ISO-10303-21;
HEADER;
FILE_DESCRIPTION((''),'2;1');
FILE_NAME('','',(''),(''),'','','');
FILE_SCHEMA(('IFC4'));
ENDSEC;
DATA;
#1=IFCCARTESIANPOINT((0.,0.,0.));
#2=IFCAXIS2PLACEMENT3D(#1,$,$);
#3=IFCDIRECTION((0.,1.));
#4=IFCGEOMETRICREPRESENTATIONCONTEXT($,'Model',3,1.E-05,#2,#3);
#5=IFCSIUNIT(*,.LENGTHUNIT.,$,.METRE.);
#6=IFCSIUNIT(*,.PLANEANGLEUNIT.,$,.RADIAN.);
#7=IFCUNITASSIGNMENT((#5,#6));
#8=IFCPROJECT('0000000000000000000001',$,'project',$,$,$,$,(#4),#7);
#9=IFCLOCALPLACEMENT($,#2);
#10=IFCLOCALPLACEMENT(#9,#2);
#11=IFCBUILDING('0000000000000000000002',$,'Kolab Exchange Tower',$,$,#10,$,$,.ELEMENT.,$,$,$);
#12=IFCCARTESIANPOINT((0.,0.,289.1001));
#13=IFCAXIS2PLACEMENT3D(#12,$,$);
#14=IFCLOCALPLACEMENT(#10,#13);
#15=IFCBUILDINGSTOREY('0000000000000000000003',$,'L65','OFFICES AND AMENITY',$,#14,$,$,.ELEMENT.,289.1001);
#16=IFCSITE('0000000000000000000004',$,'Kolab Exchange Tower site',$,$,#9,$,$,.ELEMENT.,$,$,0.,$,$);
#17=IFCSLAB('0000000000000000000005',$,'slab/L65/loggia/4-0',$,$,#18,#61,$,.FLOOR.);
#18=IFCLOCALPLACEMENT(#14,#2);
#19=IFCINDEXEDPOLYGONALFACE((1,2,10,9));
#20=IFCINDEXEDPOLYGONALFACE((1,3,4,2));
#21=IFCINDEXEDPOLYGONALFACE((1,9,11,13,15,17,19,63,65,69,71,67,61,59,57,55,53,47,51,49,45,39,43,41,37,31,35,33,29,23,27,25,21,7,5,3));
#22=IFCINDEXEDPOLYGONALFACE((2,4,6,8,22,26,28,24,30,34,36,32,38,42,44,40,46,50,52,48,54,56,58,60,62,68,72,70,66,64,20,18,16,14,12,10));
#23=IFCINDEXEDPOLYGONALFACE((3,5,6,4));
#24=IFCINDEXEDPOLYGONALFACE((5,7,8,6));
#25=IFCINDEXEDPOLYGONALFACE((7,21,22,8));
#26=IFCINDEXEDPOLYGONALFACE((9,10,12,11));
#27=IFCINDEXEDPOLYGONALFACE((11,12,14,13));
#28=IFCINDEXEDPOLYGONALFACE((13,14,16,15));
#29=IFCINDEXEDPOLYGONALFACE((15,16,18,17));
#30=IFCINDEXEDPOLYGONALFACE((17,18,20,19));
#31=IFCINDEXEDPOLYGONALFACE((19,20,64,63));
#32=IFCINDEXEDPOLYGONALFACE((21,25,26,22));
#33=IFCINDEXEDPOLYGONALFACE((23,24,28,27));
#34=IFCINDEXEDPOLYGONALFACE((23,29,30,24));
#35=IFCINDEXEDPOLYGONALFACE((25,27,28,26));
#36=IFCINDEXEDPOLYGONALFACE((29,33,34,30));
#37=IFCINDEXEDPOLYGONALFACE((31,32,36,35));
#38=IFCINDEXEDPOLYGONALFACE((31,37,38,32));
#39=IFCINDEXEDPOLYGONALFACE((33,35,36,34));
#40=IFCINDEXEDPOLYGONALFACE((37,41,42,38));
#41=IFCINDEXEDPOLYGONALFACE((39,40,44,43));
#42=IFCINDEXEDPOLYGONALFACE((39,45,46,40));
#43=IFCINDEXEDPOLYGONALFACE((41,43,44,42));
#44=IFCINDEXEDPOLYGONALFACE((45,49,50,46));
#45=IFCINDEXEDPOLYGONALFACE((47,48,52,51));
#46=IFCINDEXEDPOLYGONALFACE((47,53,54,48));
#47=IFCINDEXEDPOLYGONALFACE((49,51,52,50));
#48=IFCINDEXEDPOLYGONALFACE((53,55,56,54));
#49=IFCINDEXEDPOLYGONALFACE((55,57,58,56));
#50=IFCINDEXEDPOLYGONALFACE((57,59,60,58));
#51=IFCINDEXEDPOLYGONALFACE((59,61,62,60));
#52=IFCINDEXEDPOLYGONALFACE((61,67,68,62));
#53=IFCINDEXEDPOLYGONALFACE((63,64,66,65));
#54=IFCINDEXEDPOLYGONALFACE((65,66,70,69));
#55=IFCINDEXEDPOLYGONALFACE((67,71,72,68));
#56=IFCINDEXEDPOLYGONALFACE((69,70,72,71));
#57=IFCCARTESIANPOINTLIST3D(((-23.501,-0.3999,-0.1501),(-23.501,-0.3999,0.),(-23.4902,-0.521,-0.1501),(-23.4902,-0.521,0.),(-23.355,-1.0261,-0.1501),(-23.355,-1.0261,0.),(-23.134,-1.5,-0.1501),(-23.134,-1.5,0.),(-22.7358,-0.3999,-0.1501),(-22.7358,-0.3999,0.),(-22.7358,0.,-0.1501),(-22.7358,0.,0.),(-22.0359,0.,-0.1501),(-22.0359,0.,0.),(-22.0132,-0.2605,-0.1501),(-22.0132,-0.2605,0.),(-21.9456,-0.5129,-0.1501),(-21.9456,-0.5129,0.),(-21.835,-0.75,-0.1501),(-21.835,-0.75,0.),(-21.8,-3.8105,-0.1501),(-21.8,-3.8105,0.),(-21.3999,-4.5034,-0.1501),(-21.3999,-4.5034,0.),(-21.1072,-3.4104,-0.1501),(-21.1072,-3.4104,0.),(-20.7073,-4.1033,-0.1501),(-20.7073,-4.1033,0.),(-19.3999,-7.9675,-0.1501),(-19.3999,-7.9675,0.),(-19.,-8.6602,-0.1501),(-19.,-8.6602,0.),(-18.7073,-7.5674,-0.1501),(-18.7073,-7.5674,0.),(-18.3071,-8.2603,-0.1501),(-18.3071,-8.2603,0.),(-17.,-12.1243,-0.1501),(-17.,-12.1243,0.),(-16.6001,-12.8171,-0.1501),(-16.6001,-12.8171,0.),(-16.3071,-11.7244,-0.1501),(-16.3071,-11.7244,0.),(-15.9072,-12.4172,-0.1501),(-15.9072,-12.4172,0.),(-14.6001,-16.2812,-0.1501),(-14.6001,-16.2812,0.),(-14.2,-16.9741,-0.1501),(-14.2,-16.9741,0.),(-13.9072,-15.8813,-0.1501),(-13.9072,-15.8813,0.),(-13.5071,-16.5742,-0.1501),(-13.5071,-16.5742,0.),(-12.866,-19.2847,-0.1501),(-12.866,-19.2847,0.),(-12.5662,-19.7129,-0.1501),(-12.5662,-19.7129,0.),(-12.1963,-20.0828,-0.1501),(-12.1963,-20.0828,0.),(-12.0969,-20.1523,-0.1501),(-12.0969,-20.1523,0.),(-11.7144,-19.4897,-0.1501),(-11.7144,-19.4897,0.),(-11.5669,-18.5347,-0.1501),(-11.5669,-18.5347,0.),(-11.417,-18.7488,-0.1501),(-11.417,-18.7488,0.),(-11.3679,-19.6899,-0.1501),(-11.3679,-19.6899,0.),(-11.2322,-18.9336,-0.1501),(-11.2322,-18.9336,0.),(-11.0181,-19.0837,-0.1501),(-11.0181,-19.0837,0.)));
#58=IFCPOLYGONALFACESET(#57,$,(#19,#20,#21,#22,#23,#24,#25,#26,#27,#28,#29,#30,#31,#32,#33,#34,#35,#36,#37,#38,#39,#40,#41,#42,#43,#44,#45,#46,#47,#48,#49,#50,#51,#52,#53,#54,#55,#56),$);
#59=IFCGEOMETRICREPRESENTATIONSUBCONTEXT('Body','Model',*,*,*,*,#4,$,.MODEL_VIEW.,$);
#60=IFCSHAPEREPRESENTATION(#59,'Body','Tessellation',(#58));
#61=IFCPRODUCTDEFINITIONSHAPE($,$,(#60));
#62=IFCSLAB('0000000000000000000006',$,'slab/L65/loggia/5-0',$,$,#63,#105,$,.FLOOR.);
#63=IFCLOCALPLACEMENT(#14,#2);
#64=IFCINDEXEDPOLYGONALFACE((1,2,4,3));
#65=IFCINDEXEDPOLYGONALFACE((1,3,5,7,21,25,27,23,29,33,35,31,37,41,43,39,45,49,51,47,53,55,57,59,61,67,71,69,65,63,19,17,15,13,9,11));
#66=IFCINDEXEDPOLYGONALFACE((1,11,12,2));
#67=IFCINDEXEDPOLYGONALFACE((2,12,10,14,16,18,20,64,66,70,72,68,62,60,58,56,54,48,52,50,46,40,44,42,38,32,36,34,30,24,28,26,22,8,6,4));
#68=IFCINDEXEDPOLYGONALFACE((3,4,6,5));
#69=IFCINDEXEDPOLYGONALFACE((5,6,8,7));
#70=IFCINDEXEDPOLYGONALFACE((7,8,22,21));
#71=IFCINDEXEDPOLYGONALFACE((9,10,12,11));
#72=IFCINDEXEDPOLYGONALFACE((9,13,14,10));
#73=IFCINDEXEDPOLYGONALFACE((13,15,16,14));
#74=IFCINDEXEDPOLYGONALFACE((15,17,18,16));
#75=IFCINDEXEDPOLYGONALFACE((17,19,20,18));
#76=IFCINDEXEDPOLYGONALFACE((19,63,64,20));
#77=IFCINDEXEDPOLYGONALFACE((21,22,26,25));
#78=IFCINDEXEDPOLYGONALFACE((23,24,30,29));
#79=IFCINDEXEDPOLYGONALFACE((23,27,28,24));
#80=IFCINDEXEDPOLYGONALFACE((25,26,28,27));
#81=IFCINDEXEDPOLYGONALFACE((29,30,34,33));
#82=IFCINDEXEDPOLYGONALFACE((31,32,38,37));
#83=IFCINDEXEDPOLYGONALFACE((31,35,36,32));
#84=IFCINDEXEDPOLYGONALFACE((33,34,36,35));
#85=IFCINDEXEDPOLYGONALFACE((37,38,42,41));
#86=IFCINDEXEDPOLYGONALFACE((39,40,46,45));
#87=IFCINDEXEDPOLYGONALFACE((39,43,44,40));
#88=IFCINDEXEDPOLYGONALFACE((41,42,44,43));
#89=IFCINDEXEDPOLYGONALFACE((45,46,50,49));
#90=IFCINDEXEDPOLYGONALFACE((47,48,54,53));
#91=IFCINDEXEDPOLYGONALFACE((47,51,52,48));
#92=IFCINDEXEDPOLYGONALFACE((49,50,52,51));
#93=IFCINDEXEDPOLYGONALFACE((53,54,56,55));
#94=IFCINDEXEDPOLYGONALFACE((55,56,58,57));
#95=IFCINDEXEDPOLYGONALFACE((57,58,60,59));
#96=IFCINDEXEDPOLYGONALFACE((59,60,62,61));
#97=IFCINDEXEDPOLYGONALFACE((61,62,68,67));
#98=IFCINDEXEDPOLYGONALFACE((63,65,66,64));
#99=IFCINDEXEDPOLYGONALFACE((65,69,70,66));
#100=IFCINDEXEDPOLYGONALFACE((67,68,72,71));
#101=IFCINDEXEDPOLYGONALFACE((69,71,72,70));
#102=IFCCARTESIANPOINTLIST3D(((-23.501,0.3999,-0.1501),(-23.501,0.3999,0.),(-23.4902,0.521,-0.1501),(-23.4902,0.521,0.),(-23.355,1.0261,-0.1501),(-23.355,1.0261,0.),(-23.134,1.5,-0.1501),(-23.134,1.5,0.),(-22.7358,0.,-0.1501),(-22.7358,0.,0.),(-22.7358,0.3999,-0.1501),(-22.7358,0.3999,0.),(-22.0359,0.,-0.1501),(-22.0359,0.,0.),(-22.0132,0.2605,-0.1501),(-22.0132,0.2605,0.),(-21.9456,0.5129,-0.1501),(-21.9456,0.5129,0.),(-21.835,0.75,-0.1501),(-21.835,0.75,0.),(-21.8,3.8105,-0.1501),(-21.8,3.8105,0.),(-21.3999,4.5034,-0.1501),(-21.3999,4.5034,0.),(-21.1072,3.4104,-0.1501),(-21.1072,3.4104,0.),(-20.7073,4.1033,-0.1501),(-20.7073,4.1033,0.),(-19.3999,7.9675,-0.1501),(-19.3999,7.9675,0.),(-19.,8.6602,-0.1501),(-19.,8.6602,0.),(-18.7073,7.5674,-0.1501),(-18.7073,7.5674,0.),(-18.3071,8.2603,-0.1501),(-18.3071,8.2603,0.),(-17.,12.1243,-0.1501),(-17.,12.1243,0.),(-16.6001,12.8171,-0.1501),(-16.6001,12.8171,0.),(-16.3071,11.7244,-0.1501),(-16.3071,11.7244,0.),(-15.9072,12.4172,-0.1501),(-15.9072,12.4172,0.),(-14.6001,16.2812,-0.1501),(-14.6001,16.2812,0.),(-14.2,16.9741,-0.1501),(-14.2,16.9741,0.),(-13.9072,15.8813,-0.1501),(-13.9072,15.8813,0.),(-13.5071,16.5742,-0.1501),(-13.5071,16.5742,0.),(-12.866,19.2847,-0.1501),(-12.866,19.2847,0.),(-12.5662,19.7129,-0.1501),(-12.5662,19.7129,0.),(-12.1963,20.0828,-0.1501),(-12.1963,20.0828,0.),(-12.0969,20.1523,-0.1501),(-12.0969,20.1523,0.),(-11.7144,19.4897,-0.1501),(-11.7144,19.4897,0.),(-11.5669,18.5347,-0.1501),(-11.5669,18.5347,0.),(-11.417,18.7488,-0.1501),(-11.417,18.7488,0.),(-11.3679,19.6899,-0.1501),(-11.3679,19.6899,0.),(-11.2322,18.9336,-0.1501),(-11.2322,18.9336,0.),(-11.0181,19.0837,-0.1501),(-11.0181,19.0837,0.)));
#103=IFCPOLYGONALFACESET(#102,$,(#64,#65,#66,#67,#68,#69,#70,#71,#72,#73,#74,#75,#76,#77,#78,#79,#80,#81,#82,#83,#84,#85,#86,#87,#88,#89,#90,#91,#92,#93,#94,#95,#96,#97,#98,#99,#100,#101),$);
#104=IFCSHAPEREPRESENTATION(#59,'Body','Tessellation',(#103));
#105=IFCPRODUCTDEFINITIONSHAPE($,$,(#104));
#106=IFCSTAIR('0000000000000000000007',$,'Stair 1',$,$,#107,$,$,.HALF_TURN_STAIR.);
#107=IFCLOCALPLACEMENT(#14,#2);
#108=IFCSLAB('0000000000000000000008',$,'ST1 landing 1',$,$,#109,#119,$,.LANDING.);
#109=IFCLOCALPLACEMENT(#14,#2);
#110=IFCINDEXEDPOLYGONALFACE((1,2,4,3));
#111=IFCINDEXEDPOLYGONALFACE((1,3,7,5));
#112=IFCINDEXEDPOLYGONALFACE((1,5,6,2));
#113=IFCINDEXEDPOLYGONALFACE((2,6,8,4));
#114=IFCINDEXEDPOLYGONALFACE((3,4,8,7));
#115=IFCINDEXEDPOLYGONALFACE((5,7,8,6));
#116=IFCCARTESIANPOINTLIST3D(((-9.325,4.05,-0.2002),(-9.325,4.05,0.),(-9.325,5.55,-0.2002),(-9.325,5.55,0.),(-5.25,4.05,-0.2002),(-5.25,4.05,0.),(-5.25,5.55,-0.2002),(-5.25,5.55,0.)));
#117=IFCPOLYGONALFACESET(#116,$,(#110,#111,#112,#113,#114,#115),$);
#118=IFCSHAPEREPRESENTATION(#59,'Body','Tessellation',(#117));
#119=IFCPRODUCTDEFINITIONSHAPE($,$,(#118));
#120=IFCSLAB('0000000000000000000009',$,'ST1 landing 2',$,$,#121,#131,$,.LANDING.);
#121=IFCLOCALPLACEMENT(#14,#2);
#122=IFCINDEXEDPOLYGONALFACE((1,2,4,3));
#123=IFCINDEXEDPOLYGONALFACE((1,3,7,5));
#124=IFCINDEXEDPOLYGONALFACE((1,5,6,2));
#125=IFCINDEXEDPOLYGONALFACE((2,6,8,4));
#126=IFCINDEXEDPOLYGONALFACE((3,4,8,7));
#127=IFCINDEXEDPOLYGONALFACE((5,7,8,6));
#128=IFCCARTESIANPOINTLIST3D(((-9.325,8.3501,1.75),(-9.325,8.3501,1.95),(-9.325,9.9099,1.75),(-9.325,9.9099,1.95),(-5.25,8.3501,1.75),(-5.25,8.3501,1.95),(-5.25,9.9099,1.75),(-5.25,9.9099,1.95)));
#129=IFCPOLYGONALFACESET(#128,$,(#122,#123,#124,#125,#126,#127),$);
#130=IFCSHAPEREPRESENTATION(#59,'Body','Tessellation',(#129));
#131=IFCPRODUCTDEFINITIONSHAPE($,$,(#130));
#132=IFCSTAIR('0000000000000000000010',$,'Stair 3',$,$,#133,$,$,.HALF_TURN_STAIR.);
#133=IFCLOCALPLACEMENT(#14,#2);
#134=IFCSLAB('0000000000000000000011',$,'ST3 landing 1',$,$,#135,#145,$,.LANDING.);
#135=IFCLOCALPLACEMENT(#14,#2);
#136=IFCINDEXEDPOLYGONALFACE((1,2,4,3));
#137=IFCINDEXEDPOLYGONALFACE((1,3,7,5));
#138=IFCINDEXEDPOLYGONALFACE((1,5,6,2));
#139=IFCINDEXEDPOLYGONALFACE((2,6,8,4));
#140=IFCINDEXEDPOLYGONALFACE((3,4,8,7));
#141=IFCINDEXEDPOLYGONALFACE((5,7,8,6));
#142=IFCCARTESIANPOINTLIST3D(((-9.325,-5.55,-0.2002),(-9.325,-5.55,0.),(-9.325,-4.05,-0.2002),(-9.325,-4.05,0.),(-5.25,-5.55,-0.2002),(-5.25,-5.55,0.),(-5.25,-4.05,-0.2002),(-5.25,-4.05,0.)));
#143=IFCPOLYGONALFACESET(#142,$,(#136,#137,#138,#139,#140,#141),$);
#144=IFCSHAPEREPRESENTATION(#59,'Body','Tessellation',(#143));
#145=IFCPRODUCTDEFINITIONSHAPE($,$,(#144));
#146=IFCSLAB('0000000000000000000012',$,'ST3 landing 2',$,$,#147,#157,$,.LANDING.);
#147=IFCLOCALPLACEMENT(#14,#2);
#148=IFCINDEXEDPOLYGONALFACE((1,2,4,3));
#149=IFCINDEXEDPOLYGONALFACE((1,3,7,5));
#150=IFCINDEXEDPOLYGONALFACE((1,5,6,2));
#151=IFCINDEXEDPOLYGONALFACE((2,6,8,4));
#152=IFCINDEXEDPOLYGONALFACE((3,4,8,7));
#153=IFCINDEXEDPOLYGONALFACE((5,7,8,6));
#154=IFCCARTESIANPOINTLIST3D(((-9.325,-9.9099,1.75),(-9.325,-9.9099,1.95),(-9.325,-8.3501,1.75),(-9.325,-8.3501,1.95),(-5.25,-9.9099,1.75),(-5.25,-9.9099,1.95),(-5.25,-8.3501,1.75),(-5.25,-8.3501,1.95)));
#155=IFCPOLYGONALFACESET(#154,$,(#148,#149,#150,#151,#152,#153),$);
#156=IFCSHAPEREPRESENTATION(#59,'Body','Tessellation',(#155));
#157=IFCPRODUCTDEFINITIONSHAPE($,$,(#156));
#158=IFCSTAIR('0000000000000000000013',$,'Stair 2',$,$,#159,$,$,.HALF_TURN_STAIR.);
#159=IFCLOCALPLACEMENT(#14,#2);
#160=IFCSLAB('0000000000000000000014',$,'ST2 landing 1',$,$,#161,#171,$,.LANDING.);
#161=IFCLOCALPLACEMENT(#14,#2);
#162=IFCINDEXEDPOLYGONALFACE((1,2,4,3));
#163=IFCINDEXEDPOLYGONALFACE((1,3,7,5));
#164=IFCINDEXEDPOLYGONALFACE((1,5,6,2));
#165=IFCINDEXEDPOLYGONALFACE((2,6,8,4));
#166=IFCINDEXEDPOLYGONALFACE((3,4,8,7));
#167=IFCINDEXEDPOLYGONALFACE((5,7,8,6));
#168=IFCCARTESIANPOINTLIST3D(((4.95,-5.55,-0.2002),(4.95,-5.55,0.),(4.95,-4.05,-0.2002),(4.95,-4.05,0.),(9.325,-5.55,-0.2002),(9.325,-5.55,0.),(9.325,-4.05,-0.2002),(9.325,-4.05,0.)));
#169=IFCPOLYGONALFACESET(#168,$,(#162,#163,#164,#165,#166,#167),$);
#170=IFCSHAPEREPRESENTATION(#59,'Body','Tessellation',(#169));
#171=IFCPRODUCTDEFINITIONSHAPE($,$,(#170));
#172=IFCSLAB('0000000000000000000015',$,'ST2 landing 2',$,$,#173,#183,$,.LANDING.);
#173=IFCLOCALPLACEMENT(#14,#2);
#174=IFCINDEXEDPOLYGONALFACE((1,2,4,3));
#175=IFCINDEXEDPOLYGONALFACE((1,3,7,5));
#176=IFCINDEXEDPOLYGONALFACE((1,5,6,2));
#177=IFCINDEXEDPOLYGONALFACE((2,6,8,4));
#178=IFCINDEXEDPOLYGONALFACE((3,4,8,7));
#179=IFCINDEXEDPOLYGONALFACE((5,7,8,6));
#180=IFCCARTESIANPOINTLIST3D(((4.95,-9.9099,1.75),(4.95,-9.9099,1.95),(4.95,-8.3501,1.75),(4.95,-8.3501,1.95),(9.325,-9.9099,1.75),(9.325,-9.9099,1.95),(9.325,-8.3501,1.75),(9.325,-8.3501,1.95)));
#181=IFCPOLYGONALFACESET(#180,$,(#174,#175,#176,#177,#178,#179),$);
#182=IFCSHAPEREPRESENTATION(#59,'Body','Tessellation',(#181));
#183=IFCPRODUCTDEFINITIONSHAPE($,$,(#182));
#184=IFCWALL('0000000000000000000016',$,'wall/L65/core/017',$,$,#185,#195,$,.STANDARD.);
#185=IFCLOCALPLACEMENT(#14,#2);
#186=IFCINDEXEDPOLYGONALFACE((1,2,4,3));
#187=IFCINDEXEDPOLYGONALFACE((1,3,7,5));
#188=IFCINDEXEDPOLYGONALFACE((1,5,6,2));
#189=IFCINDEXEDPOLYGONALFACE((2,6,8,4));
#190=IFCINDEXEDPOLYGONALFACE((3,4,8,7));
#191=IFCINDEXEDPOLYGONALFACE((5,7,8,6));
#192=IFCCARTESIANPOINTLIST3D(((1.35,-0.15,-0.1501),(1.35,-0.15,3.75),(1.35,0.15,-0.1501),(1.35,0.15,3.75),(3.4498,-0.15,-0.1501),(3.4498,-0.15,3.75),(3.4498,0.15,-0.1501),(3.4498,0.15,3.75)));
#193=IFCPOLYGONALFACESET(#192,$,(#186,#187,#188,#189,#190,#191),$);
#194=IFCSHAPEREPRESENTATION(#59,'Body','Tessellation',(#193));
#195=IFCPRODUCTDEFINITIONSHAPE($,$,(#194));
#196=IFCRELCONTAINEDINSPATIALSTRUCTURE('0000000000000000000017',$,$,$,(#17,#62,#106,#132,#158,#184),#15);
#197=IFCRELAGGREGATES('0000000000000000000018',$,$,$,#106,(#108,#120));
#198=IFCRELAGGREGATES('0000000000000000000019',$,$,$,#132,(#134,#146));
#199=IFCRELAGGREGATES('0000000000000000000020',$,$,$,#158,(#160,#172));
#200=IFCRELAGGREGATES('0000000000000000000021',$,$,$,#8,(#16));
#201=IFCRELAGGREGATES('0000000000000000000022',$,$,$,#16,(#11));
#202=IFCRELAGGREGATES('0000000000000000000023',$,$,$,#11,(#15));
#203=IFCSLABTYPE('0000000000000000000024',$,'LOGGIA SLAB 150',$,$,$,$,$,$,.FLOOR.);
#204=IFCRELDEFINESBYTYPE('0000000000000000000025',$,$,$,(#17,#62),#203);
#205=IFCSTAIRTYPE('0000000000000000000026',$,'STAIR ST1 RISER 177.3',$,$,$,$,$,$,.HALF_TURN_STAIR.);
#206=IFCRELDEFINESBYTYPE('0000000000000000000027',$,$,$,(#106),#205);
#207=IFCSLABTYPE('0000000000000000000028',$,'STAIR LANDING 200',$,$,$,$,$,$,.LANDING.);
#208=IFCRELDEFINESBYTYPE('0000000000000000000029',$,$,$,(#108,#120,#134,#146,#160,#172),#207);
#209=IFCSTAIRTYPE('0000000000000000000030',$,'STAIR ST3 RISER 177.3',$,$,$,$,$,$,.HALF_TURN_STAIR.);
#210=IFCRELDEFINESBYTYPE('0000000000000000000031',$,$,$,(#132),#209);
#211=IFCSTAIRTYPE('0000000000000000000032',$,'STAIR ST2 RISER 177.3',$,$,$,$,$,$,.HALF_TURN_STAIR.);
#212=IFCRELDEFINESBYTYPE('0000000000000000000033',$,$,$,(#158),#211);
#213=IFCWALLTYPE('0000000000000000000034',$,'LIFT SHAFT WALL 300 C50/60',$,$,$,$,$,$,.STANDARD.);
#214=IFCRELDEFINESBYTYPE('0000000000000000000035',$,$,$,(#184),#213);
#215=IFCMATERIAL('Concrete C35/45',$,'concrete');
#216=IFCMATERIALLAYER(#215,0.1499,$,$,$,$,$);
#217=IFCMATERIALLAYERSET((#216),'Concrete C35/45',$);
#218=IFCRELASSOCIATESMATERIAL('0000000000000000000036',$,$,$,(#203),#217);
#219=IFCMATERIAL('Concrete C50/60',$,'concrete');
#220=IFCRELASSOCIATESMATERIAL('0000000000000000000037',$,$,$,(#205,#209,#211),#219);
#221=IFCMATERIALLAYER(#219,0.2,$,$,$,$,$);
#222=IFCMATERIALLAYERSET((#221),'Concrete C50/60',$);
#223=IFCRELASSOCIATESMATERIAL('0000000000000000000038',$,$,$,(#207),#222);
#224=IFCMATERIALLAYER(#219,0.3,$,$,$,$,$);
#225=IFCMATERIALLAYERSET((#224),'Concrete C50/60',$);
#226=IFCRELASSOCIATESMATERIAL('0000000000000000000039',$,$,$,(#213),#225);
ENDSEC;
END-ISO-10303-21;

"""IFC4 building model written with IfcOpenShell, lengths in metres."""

from ifc_helpers import new_model, si_unit, direction, frame, frame_2d, origin, place, context, subcontext, project, spatial, polyline, rectangle, outline, extrude, material, layer, layer_set, type_object, element, aggregate, save


model = new_model("IFC4")

# Units and contexts
model_context = context("Model", 3, precision=1e-05, world=origin(), true_north=direction((0.0, 1.0)))
body_context = subcontext(model_context, "Body", "Model", "MODEL_VIEW")
ifc_project = project(units=[si_unit("LENGTHUNIT", "METRE"), si_unit("PLANEANGLEUNIT", "RADIAN")], contexts=[model_context])

# Site, building, storey
site_placement = place(None, origin())
site = spatial("IfcSite", under=ifc_project, at=site_placement, Name="Kolab Exchange Tower site", CompositionType="ELEMENT", RefElevation=0.0)
building_placement = place(site_placement, origin())
building = spatial("IfcBuilding", under=site, at=building_placement, Name="Kolab Exchange Tower", CompositionType="ELEMENT")
storey_placement = place(building_placement, frame((0.0, 0.0, 289.1001)))
storey = spatial("IfcBuildingStorey", under=building, at=storey_placement, Name="L65", Description="OFFICES AND AMENITY", CompositionType="ELEMENT", Elevation=289.1001)

# Slabs
ifc_material_1 = material(Name="Concrete C35/45", Category="concrete")
ifc_layer_1 = layer(ifc_material_1, 0.1499)
ifc_layer_set_1 = layer_set([ifc_layer_1], Name="Concrete C35/45")
slab_type_1 = type_object("IfcSlabType", Name="LOGGIA SLAB 150", PredefinedType="FLOOR", material=ifc_layer_set_1)
slab_1_placement = place(storey_placement, frame((0.0, 0.0, -0.1501)))
element("IfcSlab", 1, at=slab_1_placement, inside=storey, type_object=slab_type_1, Name="slab/L65/loggia/4-0", PredefinedType="FLOOR", context=body_context, shape_type="SweptSolid", body=[
    extrude(outline(polyline([(-22.0359, 0.0), (-22.7358, 0.0), (-22.7358, -0.3999), (-23.501, -0.3999), (-23.4902, -0.521), (-23.355, -1.0261), (-23.134, -1.5), (-21.8, -3.8105), (-21.1072, -3.4104), (-20.7073, -4.1033), (-21.3999, -4.5034), (-19.3999, -7.9675), (-18.7073, -7.5674), (-18.3071, -8.2603), (-19.0, -8.6602), (-17.0, -12.1243), (-16.3071, -11.7244), (-15.9072, -12.4172), (-16.6001, -12.8171), (-14.6001, -16.2812), (-13.9072, -15.8813), (-13.5071, -16.5742), (-14.2, -16.9741), (-12.866, -19.2847), (-12.5662, -19.7129), (-12.1963, -20.0828), (-12.0969, -20.1523), (-11.7144, -19.4897), (-11.3679, -19.6899), (-11.0181, -19.0837), (-11.2322, -18.9336), (-11.417, -18.7488), (-11.5669, -18.5347), (-21.835, -0.75), (-21.9456, -0.5129), (-22.0132, -0.2605), (-22.0359, 0.0)])), origin(), (0.0, 0.0, 1.0), 0.1501),
])
slab_2_placement = place(storey_placement, frame((0.0, 0.0, -0.1501)))
element("IfcSlab", 2, at=slab_2_placement, inside=storey, type_object=slab_type_1, Name="slab/L65/loggia/5-0", PredefinedType="FLOOR", context=body_context, shape_type="SweptSolid", body=[
    extrude(outline(polyline([(-11.0181, 19.0837), (-11.3679, 19.6899), (-11.7144, 19.4897), (-12.0969, 20.1523), (-12.1963, 20.0828), (-12.5662, 19.7129), (-12.866, 19.2847), (-14.2, 16.9741), (-13.5071, 16.5742), (-13.9072, 15.8813), (-14.6001, 16.2812), (-16.6001, 12.8171), (-15.9072, 12.4172), (-16.3071, 11.7244), (-17.0, 12.1243), (-19.0, 8.6602), (-18.3071, 8.2603), (-18.7073, 7.5674), (-19.3999, 7.9675), (-21.3999, 4.5034), (-20.7073, 4.1033), (-21.1072, 3.4104), (-21.8, 3.8105), (-23.134, 1.5), (-23.355, 1.0261), (-23.4902, 0.521), (-23.501, 0.3999), (-22.7358, 0.3999), (-22.7358, 0.0), (-22.0359, 0.0), (-22.0132, 0.2605), (-21.9456, 0.5129), (-21.835, 0.75), (-11.5669, 18.5347), (-11.417, 18.7488), (-11.2322, 18.9336), (-11.0181, 19.0837)])), origin(), (0.0, 0.0, 1.0), 0.1501),
])

# Stairs, slabs
ifc_material_2 = material(Name="Concrete C50/60", Category="concrete")
stair_type_1 = type_object("IfcStairType", Name="STAIR ST1 RISER 177.3", PredefinedType="HALF_TURN_STAIR", material=ifc_material_2)
stair_1_placement = place(storey_placement, origin())
stair_1 = element("IfcStair", 3, at=stair_1_placement, inside=storey, type_object=stair_type_1, Name="Stair 1", PredefinedType="HALF_TURN_STAIR")
ifc_layer_2 = layer(ifc_material_2, 0.2)
ifc_layer_set_2 = layer_set([ifc_layer_2], Name="Concrete C50/60")
slab_type_2 = type_object("IfcSlabType", Name="STAIR LANDING 200", PredefinedType="LANDING", material=ifc_layer_set_2)
slab_3_placement = place(storey_placement, frame((0.0, 0.0, -0.2002)))
slab_3 = element("IfcSlab", 4, at=slab_3_placement, type_object=slab_type_2, Name="ST1 landing 1", PredefinedType="LANDING", context=body_context, shape_type="SweptSolid", body=[
    extrude(outline(polyline([(-9.325, 4.05), (-5.25, 4.05), (-5.25, 5.55), (-9.325, 5.55), (-9.325, 4.05)])), origin(), (0.0, 0.0, 1.0), 0.2002),
])
slab_4_placement = place(storey_placement, frame((0.0, 0.0, 1.75)))
slab_4 = element("IfcSlab", 5, at=slab_4_placement, type_object=slab_type_2, Name="ST1 landing 2", PredefinedType="LANDING", context=body_context, shape_type="SweptSolid", body=[
    extrude(outline(polyline([(-9.325, 8.3501), (-5.25, 8.3501), (-5.25, 9.9099), (-9.325, 9.9099), (-9.325, 8.3501)])), origin(), (0.0, 0.0, 1.0), 0.2),
])
aggregate(stair_1, [slab_3, slab_4])
stair_type_2 = type_object("IfcStairType", Name="STAIR ST3 RISER 177.3", PredefinedType="HALF_TURN_STAIR", material=ifc_material_2)
stair_2_placement = place(storey_placement, origin())
stair_2 = element("IfcStair", 6, at=stair_2_placement, inside=storey, type_object=stair_type_2, Name="Stair 3", PredefinedType="HALF_TURN_STAIR")
slab_5_placement = place(storey_placement, frame((0.0, 0.0, -0.2002)))
slab_5 = element("IfcSlab", 7, at=slab_5_placement, type_object=slab_type_2, Name="ST3 landing 1", PredefinedType="LANDING", context=body_context, shape_type="SweptSolid", body=[
    extrude(outline(polyline([(-9.325, -5.55), (-5.25, -5.55), (-5.25, -4.05), (-9.325, -4.05), (-9.325, -5.55)])), origin(), (0.0, 0.0, 1.0), 0.2002),
])
slab_6_placement = place(storey_placement, frame((0.0, 0.0, 1.75)))
slab_6 = element("IfcSlab", 8, at=slab_6_placement, type_object=slab_type_2, Name="ST3 landing 2", PredefinedType="LANDING", context=body_context, shape_type="SweptSolid", body=[
    extrude(outline(polyline([(-9.325, -9.9099), (-5.25, -9.9099), (-5.25, -8.3501), (-9.325, -8.3501), (-9.325, -9.9099)])), origin(), (0.0, 0.0, 1.0), 0.2),
])
aggregate(stair_2, [slab_5, slab_6])
stair_type_3 = type_object("IfcStairType", Name="STAIR ST2 RISER 177.3", PredefinedType="HALF_TURN_STAIR", material=ifc_material_2)
stair_3_placement = place(storey_placement, origin())
stair_3 = element("IfcStair", 9, at=stair_3_placement, inside=storey, type_object=stair_type_3, Name="Stair 2", PredefinedType="HALF_TURN_STAIR")
slab_7_placement = place(storey_placement, frame((0.0, 0.0, -0.2002)))
slab_7 = element("IfcSlab", 10, at=slab_7_placement, type_object=slab_type_2, Name="ST2 landing 1", PredefinedType="LANDING", context=body_context, shape_type="SweptSolid", body=[
    extrude(outline(polyline([(4.95, -5.55), (9.325, -5.55), (9.325, -4.05), (4.95, -4.05), (4.95, -5.55)])), origin(), (0.0, 0.0, 1.0), 0.2002),
])
slab_8_placement = place(storey_placement, frame((0.0, 0.0, 1.75)))
slab_8 = element("IfcSlab", 11, at=slab_8_placement, type_object=slab_type_2, Name="ST2 landing 2", PredefinedType="LANDING", context=body_context, shape_type="SweptSolid", body=[
    extrude(outline(polyline([(4.95, -9.9099), (9.325, -9.9099), (9.325, -8.3501), (4.95, -8.3501), (4.95, -9.9099)])), origin(), (0.0, 0.0, 1.0), 0.2),
])
aggregate(stair_3, [slab_7, slab_8])

# Wall
ifc_layer_3 = layer(ifc_material_2, 0.3)
ifc_layer_set_3 = layer_set([ifc_layer_3], Name="Concrete C50/60")
wall_type = type_object("IfcWallType", Name="LIFT SHAFT WALL 300 C50/60", PredefinedType="STANDARD", material=ifc_layer_set_3)
wall_1_placement = place(storey_placement, frame((1.3501, 0.0, -0.1501), z_axis=(0.0, 0.0, 1.0), x_axis=(1.0, 0.0, 0.0)))
element("IfcWall", 12, at=wall_1_placement, inside=storey, type_object=wall_type, Name="wall/L65/core/017", PredefinedType="STANDARD", context=body_context, shape_type="SweptSolid", body=[
    extrude(rectangle(XDim=2.0999, YDim=0.3, at=frame_2d((1.0498, 0.0))), origin(), (0.0, 0.0, 1.0), 3.9001),
])

save(model, "model.ifc")
